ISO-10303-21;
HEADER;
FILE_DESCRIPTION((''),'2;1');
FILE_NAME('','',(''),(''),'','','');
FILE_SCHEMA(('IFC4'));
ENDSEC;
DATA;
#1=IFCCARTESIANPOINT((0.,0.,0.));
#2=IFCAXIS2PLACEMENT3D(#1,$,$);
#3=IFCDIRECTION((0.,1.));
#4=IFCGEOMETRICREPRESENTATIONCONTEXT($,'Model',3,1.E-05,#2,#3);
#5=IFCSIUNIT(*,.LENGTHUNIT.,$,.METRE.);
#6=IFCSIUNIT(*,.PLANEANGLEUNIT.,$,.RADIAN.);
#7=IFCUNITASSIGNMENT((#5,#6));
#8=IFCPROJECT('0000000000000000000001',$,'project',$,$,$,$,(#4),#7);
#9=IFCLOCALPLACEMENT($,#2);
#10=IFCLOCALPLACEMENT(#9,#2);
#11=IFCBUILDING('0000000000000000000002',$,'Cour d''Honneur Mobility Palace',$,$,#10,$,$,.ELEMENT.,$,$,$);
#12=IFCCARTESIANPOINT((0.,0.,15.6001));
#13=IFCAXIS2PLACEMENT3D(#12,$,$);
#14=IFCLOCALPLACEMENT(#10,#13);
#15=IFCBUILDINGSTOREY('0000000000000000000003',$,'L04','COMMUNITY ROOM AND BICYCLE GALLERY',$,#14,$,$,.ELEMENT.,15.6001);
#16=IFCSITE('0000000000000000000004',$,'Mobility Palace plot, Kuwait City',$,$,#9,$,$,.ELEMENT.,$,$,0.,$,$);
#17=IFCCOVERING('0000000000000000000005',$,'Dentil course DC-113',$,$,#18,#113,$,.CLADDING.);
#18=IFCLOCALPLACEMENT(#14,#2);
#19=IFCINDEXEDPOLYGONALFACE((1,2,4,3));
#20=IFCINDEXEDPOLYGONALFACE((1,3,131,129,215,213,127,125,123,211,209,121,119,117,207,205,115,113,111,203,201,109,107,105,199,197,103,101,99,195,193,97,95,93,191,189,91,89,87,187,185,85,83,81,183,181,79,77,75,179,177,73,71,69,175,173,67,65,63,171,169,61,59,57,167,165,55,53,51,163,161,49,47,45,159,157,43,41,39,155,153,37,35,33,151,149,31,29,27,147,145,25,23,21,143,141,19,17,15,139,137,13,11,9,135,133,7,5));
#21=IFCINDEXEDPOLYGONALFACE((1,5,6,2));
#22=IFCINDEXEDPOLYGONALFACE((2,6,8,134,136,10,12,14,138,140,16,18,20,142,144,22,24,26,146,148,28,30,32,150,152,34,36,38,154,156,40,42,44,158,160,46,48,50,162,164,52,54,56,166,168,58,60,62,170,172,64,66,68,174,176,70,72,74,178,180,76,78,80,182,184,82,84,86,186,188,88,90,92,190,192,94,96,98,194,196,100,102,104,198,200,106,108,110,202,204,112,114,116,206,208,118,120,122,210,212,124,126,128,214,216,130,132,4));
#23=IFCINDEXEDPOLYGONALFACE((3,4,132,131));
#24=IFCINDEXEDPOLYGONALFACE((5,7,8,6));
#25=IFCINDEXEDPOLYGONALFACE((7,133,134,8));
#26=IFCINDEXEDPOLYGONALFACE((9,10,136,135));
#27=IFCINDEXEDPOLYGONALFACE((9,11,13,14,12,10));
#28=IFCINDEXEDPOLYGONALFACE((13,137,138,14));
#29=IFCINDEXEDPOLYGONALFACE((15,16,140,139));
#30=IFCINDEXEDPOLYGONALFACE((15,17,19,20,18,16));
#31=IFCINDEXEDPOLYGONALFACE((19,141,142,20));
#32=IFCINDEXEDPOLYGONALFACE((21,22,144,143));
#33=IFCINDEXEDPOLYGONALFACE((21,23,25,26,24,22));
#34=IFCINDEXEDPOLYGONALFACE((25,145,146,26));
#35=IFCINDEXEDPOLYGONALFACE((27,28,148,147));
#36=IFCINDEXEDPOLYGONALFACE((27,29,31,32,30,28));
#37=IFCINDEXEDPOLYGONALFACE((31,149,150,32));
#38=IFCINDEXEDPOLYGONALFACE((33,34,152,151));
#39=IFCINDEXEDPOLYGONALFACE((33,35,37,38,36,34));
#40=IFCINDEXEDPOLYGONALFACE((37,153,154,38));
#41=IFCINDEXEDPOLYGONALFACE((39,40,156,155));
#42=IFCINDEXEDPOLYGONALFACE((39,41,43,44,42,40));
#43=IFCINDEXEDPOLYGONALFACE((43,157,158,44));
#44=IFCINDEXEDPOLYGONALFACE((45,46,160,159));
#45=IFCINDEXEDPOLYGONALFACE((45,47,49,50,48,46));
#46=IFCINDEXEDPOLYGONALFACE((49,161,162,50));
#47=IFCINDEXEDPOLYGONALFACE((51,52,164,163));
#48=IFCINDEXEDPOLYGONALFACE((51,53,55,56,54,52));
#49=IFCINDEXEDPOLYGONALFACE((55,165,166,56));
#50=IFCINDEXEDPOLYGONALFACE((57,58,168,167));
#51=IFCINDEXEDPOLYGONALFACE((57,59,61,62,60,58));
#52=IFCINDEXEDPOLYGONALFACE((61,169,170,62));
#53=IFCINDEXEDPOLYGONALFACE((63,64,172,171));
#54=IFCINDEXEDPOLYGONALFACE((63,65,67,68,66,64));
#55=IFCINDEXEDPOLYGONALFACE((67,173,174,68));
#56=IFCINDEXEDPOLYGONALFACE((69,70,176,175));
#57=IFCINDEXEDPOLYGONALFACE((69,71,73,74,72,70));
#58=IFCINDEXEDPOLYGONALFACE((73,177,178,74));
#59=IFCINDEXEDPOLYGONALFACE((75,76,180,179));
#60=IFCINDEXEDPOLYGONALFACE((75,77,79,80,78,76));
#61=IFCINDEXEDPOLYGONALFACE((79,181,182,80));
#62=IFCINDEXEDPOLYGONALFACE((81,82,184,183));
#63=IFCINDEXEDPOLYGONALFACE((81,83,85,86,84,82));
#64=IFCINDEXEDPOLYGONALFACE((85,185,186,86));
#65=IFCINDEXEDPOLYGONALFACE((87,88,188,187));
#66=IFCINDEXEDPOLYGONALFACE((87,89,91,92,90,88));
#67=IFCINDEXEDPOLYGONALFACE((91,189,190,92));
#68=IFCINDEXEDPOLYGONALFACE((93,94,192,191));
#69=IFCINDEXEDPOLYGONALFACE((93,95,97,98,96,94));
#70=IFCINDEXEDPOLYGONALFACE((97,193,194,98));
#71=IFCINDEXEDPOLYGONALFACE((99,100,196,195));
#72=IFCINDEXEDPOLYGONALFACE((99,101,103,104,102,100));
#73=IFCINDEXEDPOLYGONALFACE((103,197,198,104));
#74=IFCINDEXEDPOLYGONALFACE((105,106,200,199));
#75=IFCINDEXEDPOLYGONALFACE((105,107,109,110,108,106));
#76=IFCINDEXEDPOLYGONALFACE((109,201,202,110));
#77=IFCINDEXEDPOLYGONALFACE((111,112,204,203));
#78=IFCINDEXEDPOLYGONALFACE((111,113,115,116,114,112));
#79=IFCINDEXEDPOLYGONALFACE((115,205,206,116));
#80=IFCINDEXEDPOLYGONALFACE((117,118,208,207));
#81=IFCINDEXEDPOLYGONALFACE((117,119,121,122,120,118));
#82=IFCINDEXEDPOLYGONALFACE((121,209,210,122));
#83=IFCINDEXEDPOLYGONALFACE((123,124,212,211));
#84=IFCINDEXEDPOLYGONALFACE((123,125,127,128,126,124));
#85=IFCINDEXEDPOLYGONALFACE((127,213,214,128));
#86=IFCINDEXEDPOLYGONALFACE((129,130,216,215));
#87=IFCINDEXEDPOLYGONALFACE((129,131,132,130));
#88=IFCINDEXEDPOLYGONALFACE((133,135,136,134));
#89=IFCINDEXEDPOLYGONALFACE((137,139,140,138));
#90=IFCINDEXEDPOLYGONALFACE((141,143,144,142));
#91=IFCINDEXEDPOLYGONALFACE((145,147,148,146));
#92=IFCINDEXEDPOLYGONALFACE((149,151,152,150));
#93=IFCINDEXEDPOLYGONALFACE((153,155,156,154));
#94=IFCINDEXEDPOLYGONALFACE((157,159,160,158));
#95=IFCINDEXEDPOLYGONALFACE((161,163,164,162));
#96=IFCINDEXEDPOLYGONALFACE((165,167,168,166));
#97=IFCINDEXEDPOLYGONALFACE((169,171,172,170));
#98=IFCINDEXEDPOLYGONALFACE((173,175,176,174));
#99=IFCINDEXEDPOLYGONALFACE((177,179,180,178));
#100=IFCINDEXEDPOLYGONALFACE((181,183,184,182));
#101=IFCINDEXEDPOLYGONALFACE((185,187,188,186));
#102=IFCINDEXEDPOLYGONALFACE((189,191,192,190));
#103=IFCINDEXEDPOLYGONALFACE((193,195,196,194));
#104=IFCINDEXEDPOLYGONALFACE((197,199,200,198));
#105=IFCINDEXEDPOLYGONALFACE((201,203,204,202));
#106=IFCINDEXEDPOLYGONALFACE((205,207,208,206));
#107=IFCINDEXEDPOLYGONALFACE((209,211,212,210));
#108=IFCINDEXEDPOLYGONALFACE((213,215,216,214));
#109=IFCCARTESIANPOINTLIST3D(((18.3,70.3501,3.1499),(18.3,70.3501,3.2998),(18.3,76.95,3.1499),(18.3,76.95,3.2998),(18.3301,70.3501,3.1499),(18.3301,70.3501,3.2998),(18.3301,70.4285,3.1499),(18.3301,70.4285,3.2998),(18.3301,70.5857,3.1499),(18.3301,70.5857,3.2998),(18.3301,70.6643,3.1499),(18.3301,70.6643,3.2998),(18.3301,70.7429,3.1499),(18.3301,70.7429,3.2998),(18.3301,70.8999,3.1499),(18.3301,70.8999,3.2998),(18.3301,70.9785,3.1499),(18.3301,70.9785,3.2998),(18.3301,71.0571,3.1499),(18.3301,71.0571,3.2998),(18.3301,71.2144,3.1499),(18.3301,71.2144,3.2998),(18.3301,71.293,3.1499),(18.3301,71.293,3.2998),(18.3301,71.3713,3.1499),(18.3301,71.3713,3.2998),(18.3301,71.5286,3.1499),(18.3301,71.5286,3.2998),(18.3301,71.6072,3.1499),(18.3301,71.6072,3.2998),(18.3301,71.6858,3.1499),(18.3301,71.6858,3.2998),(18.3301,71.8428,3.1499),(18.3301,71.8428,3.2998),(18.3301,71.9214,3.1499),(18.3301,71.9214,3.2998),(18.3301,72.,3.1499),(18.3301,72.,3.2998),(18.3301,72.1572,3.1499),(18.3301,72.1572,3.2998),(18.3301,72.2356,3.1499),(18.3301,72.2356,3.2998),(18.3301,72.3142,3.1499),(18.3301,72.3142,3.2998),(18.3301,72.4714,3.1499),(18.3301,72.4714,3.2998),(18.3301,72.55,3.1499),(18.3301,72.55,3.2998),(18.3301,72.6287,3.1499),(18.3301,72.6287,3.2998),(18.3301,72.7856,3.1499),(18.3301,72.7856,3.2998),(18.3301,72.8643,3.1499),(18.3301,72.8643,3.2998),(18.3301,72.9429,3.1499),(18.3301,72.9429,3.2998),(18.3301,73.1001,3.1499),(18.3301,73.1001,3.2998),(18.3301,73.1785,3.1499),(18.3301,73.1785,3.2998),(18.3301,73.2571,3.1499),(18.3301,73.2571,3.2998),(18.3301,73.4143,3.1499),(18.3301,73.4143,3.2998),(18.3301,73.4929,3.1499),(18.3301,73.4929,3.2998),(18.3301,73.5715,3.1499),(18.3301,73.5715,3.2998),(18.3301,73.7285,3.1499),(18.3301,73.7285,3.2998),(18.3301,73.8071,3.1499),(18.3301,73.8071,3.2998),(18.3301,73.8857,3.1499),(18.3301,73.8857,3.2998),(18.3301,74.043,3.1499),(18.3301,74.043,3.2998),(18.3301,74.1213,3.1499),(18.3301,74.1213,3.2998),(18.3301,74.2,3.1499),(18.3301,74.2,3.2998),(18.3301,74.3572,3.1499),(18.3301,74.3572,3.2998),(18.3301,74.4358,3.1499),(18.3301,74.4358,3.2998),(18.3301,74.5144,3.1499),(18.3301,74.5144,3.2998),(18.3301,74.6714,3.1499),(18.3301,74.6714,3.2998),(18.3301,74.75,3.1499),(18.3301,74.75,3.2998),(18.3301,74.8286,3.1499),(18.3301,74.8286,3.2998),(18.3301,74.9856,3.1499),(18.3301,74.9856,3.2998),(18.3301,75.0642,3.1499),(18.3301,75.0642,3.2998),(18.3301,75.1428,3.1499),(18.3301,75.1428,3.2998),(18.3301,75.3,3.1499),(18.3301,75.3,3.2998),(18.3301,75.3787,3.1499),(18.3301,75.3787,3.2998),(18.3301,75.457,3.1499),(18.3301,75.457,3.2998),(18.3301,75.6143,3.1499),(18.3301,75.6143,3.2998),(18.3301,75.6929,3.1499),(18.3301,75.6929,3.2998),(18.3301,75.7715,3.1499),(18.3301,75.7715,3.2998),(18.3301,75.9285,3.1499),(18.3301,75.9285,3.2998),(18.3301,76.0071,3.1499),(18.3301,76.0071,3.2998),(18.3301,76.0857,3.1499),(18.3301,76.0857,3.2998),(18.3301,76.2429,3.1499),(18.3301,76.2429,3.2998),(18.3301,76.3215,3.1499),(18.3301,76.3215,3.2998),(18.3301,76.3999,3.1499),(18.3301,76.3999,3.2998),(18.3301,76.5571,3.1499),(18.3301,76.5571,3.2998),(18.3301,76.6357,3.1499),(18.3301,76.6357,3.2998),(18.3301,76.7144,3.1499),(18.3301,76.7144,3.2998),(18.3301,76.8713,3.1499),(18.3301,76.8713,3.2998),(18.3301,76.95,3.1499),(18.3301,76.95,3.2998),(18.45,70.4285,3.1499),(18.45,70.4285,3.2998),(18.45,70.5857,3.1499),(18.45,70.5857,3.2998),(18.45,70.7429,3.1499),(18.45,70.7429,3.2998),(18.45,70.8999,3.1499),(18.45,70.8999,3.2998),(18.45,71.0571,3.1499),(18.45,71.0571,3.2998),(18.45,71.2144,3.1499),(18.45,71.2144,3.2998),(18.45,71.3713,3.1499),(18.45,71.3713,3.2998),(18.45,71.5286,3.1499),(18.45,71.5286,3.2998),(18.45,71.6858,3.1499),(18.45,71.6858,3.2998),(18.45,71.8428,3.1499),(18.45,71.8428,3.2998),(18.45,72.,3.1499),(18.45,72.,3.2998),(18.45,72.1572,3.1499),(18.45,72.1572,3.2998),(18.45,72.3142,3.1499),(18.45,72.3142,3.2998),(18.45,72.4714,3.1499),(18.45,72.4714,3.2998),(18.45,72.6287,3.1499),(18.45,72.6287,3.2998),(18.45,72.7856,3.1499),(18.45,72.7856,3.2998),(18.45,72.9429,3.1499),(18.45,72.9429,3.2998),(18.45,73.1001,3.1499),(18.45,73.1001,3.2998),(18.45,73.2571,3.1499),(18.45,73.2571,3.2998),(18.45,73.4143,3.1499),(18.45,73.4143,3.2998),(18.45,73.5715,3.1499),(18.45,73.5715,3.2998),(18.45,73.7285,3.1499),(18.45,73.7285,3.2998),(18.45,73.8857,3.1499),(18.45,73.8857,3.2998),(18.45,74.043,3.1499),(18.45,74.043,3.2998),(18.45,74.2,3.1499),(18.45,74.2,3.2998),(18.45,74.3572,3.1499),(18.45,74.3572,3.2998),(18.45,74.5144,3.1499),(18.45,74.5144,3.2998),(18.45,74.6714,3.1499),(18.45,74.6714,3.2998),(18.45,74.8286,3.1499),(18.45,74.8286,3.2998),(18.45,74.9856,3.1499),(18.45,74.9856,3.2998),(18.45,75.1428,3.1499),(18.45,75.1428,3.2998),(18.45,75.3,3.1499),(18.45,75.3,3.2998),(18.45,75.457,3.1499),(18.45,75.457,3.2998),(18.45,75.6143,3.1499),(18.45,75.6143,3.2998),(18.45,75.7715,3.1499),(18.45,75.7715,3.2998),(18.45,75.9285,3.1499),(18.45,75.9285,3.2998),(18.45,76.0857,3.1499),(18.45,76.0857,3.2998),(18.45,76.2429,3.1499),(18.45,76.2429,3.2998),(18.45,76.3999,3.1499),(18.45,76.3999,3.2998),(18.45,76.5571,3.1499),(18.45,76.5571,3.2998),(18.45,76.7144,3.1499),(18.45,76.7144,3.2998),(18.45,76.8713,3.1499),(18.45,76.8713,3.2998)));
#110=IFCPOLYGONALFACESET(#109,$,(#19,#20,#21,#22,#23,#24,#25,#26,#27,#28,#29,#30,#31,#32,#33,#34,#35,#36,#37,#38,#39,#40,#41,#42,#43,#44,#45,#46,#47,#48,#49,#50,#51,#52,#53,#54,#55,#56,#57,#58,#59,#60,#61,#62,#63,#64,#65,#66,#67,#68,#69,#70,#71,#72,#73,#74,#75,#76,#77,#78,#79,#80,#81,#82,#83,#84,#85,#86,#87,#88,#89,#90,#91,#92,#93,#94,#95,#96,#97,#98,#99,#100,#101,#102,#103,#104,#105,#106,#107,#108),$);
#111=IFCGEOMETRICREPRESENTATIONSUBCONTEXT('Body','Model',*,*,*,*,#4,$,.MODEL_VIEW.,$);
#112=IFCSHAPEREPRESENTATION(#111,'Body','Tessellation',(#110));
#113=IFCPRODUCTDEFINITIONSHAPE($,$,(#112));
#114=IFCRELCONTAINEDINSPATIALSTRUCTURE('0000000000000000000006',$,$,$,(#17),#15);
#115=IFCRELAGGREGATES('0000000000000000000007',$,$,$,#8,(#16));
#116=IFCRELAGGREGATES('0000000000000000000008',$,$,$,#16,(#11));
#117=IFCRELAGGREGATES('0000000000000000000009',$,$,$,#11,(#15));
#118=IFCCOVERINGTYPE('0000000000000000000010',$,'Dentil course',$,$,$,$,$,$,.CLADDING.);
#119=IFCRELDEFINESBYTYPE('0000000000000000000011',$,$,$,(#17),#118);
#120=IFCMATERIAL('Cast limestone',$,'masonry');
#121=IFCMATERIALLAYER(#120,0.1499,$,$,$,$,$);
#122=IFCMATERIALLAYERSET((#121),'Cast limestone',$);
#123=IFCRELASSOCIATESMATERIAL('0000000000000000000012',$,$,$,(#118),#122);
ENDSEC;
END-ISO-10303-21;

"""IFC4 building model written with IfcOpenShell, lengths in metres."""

from ifc_helpers import new_model, si_unit, direction, frame, origin, place, context, subcontext, project, spatial, polyline, outline, extrude, material, layer, layer_set, type_object, element, save


model = new_model("IFC4")

# Units and contexts
model_context = context("Model", 3, precision=1e-05, world=origin(), true_north=direction((0.0, 1.0)))
body_context = subcontext(model_context, "Body", "Model", "MODEL_VIEW")
ifc_project = project(units=[si_unit("LENGTHUNIT", "METRE"), si_unit("PLANEANGLEUNIT", "RADIAN")], contexts=[model_context])

# Site, building, storey
site_placement = place(None, origin())
site = spatial("IfcSite", under=ifc_project, at=site_placement, Name="Mobility Palace plot, Kuwait City", CompositionType="ELEMENT", RefElevation=0.0)
building_placement = place(site_placement, origin())
building = spatial("IfcBuilding", under=site, at=building_placement, Name="Cour d'Honneur Mobility Palace", CompositionType="ELEMENT")
storey_placement = place(building_placement, frame((0.0, 0.0, 15.6001)))
storey = spatial("IfcBuildingStorey", under=building, at=storey_placement, Name="L04", Description="COMMUNITY ROOM AND BICYCLE GALLERY", CompositionType="ELEMENT", Elevation=15.6001)

# Covering
ifc_material = material(Name="Cast limestone", Category="masonry")
ifc_layer = layer(ifc_material, 0.1499)
ifc_layer_set = layer_set([ifc_layer], Name="Cast limestone")
covering_type = type_object("IfcCoveringType", Name="Dentil course", PredefinedType="CLADDING", material=ifc_layer_set)
covering_1_placement = place(storey_placement, frame((0.0, 0.0, 3.1499)))
element("IfcCovering", 1, at=covering_1_placement, inside=storey, type_object=covering_type, Name="Dentil course DC-113", PredefinedType="CLADDING", context=body_context, shape_type="SweptSolid", body=[
    extrude(outline(polyline([(18.3, 70.3501), (18.3, 76.95), (18.3301, 76.95), (18.3301, 76.95), (18.3301, 76.8713), (18.45, 76.8713), (18.45, 76.7144), (18.3301, 76.7144), (18.3301, 76.6357), (18.3301, 76.6357), (18.3301, 76.5571), (18.45, 76.5571), (18.45, 76.3999), (18.3301, 76.3999), (18.3301, 76.3215), (18.3301, 76.3215), (18.3301, 76.2429), (18.45, 76.2429), (18.45, 76.0857), (18.3301, 76.0857), (18.3301, 76.0071), (18.3301, 76.0071), (18.3301, 75.9285), (18.45, 75.9285), (18.45, 75.7715), (18.3301, 75.7715), (18.3301, 75.6929), (18.3301, 75.6929), (18.3301, 75.6143), (18.45, 75.6143), (18.45, 75.457), (18.3301, 75.457), (18.3301, 75.3787), (18.3301, 75.3787), (18.3301, 75.3), (18.45, 75.3), (18.45, 75.1428), (18.3301, 75.1428), (18.3301, 75.0642), (18.3301, 75.0642), (18.3301, 74.9856), (18.45, 74.9856), (18.45, 74.8286), (18.3301, 74.8286), (18.3301, 74.75), (18.3301, 74.75), (18.3301, 74.6714), (18.45, 74.6714), (18.45, 74.5144), (18.3301, 74.5144), (18.3301, 74.4358), (18.3301, 74.4358), (18.3301, 74.3572), (18.45, 74.3572), (18.45, 74.2), (18.3301, 74.2), (18.3301, 74.1213), (18.3301, 74.1213), (18.3301, 74.043), (18.45, 74.043), (18.45, 73.8857), (18.3301, 73.8857), (18.3301, 73.8071), (18.3301, 73.8071), (18.3301, 73.7285), (18.45, 73.7285), (18.45, 73.5715), (18.3301, 73.5715), (18.3301, 73.4929), (18.3301, 73.4929), (18.3301, 73.4143), (18.45, 73.4143), (18.45, 73.2571), (18.3301, 73.2571), (18.3301, 73.1785), (18.3301, 73.1785), (18.3301, 73.1001), (18.45, 73.1001), (18.45, 72.9429), (18.3301, 72.9429), (18.3301, 72.8643), (18.3301, 72.8643), (18.3301, 72.7856), (18.45, 72.7856), (18.45, 72.6287), (18.3301, 72.6287), (18.3301, 72.55), (18.3301, 72.55), (18.3301, 72.4714), (18.45, 72.4714), (18.45, 72.3142), (18.3301, 72.3142), (18.3301, 72.2356), (18.3301, 72.2356), (18.3301, 72.1572), (18.45, 72.1572), (18.45, 72.0), (18.3301, 72.0), (18.3301, 71.9214), (18.3301, 71.9214), (18.3301, 71.8428), (18.45, 71.8428), (18.45, 71.6858), (18.3301, 71.6858), (18.3301, 71.6072), (18.3301, 71.6072), (18.3301, 71.5286), (18.45, 71.5286), (18.45, 71.3713), (18.3301, 71.3713), (18.3301, 71.293), (18.3301, 71.293), (18.3301, 71.2144), (18.45, 71.2144), (18.45, 71.0571), (18.3301, 71.0571), (18.3301, 70.9785), (18.3301, 70.9785), (18.3301, 70.8999), (18.45, 70.8999), (18.45, 70.7429), (18.3301, 70.7429), (18.3301, 70.6643), (18.3301, 70.6643), (18.3301, 70.5857), (18.45, 70.5857), (18.45, 70.4285), (18.3301, 70.4285), (18.3301, 70.3501), (18.3, 70.3501)])), origin(), (0.0, 0.0, 1.0), 0.1499),
])

save(model, "model.ifc")
